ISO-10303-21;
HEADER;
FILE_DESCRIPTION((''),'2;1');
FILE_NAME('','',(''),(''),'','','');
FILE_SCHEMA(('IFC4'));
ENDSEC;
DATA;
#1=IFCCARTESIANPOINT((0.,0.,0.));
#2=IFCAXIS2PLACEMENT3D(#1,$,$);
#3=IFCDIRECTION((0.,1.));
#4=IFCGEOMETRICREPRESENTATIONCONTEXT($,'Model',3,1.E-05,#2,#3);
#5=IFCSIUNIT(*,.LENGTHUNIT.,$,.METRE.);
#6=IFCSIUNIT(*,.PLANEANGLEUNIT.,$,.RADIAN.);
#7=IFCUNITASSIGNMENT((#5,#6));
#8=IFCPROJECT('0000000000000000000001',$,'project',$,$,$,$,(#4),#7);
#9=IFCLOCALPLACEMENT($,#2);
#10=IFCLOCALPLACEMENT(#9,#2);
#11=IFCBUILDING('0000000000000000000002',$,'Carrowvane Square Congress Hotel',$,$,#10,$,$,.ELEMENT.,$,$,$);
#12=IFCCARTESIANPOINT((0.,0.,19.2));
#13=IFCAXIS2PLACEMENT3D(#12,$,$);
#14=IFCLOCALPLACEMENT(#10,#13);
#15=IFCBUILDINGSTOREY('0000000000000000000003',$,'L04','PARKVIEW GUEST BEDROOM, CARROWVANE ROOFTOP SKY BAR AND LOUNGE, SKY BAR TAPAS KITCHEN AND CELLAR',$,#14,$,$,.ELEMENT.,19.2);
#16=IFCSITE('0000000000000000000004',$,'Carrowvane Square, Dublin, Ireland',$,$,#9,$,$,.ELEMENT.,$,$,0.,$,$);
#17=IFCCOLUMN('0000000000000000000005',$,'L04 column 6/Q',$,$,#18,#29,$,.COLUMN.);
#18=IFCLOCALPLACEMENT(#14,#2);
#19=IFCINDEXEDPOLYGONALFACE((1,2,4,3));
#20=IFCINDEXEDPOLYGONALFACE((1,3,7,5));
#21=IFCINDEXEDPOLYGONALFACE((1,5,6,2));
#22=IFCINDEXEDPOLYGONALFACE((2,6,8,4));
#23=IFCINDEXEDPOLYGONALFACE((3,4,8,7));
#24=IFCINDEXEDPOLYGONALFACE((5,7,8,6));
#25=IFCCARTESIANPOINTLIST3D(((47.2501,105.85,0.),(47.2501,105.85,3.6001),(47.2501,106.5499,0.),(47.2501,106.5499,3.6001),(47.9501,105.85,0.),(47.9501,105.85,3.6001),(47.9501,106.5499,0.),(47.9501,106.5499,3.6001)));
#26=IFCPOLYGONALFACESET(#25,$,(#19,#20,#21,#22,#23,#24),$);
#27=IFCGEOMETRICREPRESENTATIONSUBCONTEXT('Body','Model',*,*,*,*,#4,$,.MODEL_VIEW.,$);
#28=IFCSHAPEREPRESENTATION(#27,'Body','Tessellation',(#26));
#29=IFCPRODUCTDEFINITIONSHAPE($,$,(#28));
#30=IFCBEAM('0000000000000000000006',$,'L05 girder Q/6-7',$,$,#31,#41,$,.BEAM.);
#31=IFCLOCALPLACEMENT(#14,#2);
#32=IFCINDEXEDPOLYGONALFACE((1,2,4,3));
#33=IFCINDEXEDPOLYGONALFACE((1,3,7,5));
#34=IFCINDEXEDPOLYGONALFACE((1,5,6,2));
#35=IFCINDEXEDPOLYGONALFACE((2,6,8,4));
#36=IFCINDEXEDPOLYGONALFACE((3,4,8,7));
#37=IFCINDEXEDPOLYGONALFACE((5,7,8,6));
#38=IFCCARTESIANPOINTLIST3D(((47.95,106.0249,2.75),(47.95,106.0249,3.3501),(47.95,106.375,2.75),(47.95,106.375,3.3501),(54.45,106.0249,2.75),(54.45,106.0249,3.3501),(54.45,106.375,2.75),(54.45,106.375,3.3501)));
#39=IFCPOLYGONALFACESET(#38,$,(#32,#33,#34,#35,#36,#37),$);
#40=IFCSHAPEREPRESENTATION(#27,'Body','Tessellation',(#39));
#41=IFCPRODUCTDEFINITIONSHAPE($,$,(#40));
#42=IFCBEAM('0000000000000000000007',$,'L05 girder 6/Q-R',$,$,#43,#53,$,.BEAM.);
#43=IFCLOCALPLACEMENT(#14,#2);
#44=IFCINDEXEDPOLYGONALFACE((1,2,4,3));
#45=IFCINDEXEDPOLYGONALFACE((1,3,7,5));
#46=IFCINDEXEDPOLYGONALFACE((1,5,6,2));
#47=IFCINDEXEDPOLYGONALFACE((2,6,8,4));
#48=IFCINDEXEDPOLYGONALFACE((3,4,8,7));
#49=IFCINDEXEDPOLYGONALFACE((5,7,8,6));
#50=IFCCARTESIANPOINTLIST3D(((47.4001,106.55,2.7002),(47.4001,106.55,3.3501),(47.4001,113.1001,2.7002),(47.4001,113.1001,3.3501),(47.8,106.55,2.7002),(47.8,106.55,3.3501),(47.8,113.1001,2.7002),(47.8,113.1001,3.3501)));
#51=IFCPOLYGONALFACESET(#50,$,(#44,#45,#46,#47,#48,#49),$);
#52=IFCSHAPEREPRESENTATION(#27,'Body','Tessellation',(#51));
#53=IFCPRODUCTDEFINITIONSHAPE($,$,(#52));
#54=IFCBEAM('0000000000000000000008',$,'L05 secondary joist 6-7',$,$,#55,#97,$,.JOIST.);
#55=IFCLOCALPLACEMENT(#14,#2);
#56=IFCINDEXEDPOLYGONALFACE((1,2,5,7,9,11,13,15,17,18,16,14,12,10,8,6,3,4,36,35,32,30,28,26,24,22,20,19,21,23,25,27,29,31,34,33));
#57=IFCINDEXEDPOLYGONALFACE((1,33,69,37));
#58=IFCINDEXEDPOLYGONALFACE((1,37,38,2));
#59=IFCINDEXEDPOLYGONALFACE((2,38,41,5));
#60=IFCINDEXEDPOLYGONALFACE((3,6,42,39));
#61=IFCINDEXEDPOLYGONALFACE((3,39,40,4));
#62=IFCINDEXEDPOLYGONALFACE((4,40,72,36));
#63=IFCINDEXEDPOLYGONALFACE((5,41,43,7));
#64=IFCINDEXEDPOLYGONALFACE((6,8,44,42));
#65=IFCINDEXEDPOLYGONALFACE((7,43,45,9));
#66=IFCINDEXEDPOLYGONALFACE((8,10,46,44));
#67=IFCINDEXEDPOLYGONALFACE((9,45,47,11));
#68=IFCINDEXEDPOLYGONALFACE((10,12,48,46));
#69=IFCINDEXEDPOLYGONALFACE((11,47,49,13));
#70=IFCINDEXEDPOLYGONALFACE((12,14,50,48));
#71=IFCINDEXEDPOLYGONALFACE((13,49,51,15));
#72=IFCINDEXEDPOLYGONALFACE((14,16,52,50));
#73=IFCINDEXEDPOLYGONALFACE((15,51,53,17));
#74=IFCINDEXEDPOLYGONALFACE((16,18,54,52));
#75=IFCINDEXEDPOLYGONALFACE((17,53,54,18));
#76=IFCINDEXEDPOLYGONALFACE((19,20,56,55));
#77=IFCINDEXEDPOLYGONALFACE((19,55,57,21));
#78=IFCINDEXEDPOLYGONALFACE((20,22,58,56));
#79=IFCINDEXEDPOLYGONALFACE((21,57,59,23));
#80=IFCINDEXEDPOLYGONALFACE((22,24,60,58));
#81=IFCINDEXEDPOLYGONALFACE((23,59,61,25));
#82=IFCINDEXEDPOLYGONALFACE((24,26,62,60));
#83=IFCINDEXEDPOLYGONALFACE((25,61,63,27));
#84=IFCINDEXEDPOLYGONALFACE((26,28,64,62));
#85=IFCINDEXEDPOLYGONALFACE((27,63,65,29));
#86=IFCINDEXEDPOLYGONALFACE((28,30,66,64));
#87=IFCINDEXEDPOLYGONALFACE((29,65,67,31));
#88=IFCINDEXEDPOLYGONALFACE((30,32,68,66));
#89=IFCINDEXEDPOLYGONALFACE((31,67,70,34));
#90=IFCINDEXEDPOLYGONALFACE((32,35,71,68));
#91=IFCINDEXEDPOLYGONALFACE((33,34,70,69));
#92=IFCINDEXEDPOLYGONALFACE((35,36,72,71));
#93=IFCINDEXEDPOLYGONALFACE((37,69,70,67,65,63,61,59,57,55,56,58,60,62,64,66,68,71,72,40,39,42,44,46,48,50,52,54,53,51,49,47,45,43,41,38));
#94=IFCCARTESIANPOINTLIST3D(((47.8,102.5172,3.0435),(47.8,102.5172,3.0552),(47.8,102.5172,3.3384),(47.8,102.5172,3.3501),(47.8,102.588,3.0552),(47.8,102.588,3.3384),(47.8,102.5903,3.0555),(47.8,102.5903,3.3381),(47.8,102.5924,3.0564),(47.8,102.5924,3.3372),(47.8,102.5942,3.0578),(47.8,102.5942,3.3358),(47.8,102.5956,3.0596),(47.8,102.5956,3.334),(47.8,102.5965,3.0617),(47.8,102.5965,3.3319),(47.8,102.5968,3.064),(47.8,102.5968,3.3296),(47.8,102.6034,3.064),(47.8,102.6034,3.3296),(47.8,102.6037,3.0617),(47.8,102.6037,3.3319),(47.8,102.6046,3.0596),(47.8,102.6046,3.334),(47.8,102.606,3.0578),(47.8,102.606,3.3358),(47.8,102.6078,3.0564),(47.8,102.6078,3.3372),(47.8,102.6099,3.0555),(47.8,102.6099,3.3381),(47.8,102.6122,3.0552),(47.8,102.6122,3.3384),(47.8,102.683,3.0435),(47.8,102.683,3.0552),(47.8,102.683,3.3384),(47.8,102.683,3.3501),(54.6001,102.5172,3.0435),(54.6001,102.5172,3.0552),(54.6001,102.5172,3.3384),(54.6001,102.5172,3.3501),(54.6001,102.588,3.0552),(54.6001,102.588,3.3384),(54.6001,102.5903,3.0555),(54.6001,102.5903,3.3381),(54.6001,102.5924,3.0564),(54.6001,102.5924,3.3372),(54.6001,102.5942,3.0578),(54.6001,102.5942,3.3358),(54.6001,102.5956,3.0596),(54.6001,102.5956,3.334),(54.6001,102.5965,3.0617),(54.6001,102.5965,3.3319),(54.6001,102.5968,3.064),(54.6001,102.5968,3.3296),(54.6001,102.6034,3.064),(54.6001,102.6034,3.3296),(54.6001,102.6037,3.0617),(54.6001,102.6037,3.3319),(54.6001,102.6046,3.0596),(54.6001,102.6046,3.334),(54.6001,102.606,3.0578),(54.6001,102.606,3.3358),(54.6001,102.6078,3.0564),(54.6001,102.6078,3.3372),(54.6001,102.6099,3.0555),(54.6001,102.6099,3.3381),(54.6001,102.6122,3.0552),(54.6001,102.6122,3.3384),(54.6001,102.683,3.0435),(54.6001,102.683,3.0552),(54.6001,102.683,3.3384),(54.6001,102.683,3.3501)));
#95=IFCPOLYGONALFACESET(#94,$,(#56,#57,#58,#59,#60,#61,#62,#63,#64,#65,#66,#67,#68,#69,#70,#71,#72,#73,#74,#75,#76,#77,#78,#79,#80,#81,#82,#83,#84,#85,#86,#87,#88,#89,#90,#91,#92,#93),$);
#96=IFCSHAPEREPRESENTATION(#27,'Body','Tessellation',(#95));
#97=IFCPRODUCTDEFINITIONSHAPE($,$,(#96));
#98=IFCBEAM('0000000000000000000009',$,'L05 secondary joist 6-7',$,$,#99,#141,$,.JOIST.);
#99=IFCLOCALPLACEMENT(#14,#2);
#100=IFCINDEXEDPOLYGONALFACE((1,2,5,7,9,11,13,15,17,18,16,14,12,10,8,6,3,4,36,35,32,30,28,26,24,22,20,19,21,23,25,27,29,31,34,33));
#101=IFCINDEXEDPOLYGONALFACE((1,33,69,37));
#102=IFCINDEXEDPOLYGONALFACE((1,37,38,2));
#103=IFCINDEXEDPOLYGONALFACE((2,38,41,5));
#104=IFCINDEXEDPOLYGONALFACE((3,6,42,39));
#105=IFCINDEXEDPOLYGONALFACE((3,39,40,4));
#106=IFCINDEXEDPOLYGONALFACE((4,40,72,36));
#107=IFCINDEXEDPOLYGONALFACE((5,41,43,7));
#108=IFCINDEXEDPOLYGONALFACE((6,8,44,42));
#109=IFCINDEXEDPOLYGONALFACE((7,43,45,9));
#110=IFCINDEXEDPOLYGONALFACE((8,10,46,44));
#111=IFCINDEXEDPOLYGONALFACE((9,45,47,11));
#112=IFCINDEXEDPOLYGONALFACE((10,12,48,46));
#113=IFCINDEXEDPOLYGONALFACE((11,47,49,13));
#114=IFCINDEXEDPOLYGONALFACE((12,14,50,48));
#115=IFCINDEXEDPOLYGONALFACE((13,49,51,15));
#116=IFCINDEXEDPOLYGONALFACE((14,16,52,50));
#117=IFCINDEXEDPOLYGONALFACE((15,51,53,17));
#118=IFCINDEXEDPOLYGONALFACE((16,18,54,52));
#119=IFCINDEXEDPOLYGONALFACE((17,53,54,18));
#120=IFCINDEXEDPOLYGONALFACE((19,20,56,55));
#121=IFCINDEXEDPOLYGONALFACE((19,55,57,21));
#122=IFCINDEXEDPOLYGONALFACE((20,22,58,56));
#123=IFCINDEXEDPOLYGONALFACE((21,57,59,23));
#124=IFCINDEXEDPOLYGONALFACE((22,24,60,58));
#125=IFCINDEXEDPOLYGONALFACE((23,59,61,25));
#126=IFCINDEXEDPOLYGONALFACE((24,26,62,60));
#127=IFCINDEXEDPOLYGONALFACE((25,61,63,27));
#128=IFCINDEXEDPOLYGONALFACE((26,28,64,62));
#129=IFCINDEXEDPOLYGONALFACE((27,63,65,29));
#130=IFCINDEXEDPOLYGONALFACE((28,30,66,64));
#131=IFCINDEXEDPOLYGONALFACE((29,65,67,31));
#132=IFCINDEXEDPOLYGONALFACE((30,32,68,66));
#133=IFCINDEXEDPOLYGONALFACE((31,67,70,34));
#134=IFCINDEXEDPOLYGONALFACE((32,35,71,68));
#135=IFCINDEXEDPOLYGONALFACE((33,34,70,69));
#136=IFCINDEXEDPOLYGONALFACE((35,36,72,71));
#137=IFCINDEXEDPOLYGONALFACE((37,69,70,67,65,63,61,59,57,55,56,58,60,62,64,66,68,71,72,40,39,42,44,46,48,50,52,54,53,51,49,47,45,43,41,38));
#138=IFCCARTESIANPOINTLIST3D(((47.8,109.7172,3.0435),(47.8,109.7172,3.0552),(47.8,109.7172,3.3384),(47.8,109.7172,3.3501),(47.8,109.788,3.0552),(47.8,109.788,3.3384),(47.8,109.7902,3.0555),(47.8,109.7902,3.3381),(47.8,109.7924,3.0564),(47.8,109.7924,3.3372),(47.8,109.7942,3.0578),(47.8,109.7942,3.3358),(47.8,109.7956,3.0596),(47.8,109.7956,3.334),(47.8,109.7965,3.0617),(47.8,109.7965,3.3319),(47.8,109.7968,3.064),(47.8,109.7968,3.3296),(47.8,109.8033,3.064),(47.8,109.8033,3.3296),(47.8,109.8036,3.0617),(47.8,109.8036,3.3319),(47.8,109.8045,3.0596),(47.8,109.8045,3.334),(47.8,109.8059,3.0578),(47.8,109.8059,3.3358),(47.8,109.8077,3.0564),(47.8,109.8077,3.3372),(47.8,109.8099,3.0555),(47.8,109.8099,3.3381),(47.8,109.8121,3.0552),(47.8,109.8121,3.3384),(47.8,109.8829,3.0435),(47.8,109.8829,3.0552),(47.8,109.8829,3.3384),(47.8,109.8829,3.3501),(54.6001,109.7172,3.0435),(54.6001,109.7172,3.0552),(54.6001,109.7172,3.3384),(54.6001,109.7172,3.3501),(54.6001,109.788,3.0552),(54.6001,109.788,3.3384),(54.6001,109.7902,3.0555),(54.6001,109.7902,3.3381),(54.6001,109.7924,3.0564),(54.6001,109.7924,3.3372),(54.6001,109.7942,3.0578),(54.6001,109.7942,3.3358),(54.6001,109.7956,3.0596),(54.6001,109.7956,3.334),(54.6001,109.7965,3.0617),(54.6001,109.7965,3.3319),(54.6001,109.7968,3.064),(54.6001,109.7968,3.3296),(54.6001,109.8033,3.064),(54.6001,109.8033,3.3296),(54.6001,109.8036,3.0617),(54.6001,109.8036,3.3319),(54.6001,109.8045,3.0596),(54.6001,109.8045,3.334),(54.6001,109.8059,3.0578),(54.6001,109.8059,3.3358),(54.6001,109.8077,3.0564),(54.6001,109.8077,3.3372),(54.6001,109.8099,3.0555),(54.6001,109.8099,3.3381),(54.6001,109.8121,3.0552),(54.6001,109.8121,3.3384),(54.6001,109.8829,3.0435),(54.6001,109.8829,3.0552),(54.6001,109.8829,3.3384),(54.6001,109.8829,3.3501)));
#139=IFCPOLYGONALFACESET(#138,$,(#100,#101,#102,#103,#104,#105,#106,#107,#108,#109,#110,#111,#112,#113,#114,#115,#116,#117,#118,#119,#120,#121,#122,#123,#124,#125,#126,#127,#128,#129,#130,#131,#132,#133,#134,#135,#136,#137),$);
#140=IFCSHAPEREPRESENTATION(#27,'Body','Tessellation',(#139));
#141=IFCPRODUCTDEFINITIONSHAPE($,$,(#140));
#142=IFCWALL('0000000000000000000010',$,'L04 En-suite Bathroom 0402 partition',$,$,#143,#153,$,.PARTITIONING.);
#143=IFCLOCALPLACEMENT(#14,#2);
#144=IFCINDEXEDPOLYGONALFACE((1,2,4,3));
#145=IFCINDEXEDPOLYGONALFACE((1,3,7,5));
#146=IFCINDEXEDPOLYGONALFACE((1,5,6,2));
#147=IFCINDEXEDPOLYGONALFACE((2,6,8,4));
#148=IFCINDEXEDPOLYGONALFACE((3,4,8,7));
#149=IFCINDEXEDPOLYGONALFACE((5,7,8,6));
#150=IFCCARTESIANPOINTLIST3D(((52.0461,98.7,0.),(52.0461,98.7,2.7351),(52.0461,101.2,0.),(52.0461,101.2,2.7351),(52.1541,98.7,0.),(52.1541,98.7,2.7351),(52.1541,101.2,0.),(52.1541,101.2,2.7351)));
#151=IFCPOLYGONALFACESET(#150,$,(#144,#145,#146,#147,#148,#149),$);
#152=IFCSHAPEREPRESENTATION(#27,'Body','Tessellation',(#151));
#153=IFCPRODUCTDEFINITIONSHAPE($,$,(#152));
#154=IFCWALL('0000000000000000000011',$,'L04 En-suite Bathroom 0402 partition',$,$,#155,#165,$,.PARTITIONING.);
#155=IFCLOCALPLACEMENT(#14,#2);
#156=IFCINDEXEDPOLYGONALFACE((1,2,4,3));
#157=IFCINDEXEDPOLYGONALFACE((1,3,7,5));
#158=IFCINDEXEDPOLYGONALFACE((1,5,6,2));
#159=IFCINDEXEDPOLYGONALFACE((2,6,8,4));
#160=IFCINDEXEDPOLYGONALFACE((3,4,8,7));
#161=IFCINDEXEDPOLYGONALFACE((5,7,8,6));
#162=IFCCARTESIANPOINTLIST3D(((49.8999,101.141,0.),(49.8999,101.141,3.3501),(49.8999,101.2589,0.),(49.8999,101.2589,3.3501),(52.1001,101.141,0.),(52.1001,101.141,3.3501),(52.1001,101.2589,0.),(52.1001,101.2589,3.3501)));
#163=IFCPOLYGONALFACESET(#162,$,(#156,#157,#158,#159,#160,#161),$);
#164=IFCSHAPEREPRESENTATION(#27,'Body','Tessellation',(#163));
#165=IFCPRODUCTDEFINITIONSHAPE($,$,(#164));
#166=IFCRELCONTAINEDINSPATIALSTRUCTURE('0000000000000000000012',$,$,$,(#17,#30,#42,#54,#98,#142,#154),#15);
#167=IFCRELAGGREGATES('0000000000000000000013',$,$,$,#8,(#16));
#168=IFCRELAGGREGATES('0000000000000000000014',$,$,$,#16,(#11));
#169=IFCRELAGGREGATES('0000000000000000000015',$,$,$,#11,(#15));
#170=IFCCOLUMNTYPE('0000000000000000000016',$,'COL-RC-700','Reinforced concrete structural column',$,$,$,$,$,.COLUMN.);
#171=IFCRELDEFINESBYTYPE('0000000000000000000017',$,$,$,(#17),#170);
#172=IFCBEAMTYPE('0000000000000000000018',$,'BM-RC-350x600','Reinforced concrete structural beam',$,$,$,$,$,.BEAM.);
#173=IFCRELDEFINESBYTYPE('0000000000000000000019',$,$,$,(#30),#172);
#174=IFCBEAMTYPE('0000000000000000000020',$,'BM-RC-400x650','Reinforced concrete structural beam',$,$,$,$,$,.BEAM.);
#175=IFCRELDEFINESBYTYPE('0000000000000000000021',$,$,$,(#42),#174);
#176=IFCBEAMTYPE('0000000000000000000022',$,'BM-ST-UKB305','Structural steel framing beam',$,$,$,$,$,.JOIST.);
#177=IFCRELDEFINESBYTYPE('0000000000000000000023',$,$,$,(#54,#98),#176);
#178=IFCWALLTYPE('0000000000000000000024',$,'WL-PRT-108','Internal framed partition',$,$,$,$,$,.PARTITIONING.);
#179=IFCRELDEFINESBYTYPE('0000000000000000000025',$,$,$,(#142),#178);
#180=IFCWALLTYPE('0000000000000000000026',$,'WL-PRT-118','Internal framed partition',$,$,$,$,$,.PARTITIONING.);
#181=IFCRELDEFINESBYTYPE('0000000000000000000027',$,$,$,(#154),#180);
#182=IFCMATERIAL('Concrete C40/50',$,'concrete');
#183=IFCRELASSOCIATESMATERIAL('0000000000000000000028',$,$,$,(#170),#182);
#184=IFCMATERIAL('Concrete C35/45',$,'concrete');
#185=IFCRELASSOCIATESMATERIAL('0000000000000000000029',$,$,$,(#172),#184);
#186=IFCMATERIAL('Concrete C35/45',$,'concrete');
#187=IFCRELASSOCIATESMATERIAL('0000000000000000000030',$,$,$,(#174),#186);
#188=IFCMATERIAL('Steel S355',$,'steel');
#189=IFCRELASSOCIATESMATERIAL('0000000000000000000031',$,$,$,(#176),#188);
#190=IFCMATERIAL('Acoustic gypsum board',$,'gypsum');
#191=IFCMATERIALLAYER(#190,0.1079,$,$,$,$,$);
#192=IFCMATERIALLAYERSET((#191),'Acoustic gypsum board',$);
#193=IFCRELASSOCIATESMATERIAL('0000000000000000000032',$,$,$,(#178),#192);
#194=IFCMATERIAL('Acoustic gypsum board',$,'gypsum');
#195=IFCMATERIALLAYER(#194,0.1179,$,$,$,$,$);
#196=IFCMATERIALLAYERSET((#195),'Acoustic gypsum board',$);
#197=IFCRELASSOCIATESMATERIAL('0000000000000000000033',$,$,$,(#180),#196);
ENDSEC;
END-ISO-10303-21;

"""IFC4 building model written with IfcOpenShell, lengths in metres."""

from ifc_helpers import new_model, si_unit, direction, frame, frame_2d, origin, origin_2d, place, context, subcontext, project, spatial, rectangle, i_section, extrude, material, layer, layer_set, material_profile, profile_set, type_object, element, save


model = new_model("IFC4")

# Units and contexts
model_context = context("Model", 3, precision=1e-05, world=origin(), true_north=direction((0.0, 1.0)))
body_context = subcontext(model_context, "Body", "Model", "MODEL_VIEW")
ifc_project = project(units=[si_unit("LENGTHUNIT", "METRE"), si_unit("PLANEANGLEUNIT", "RADIAN")], contexts=[model_context])

# Site, building, storey
site_placement = place(None, origin())
site = spatial("IfcSite", under=ifc_project, at=site_placement, Name="Carrowvane Square, Dublin, Ireland", CompositionType="ELEMENT", RefElevation=0.0)
building_placement = place(site_placement, origin())
building = spatial("IfcBuilding", under=site, at=building_placement, Name="Carrowvane Square Congress Hotel", CompositionType="ELEMENT")
storey_placement = place(building_placement, frame((0.0, 0.0, 19.2)))
storey = spatial("IfcBuildingStorey", under=building, at=storey_placement, Name="L04", Description="PARKVIEW GUEST BEDROOM, CARROWVANE ROOFTOP SKY BAR AND LOUNGE, SKY BAR TAPAS KITCHEN AND CELLAR", CompositionType="ELEMENT", Elevation=19.2)

# Column
ifc_material_1 = material(Name="Concrete C40/50", Category="concrete")
ifc_material_profile_1 = material_profile(ifc_material_1, rectangle(XDim=0.7, YDim=0.7, at=origin_2d()), Name="RC 700x700")
ifc_profile_set_1 = profile_set([ifc_material_profile_1], Name="Concrete C40/50")
column_type = type_object("IfcColumnType", Name="COL-RC-700", Description="Reinforced concrete structural column", PredefinedType="COLUMN", material=ifc_profile_set_1)
column_placement = place(storey_placement, frame((47.6001, 106.2, 0.0), z_axis=(0.0, 0.0, 1.0), x_axis=(1.0, 0.0, 0.0)))
element("IfcColumn", 1, at=column_placement, inside=storey, type_object=column_type, Name="L04 column 6/Q", PredefinedType="COLUMN", context=body_context, shape_type="SweptSolid", body=[
    extrude(rectangle(XDim=0.7, YDim=0.7, at=origin_2d()), origin(), (0.0, 0.0, 1.0), 3.6001),
])

# Beams
ifc_material_2 = material(Name="Concrete C35/45", Category="concrete")
ifc_material_profile_2 = material_profile(ifc_material_2, rectangle(XDim=0.3501, YDim=0.6001, at=origin_2d()), Name="RC 350x600")
ifc_profile_set_2 = profile_set([ifc_material_profile_2], Name="Concrete C35/45")
beam_type_1 = type_object("IfcBeamType", Name="BM-RC-350x600", Description="Reinforced concrete structural beam", PredefinedType="BEAM", material=ifc_profile_set_2)
beam_1_placement = place(storey_placement, frame((47.95, 106.2, 3.05), z_axis=(1.0, 0.0, 0.0), x_axis=(0.0, 1.0, 0.0)))
element("IfcBeam", 2, at=beam_1_placement, inside=storey, type_object=beam_type_1, Name="L05 girder Q/6-7", PredefinedType="BEAM", context=body_context, shape_type="SweptSolid", body=[
    extrude(rectangle(XDim=0.3501, YDim=0.6001, at=origin_2d()), origin(), (0.0, 0.0, 1.0), 6.5),
])
ifc_material_3 = material(Name="Concrete C35/45", Category="concrete")
ifc_material_profile_3 = material_profile(ifc_material_3, rectangle(XDim=0.3999, YDim=0.6499, at=origin_2d()), Name="RC 400x650")
ifc_profile_set_3 = profile_set([ifc_material_profile_3], Name="Concrete C35/45")
beam_type_2 = type_object("IfcBeamType", Name="BM-RC-400x650", Description="Reinforced concrete structural beam", PredefinedType="BEAM", material=ifc_profile_set_3)
beam_2_placement = place(storey_placement, frame((47.6001, 106.55, 3.0251), z_axis=(0.0, 1.0, 0.0), x_axis=(-1.0, 0.0, 0.0)))
element("IfcBeam", 3, at=beam_2_placement, inside=storey, type_object=beam_type_2, Name="L05 girder 6/Q-R", PredefinedType="BEAM", context=body_context, shape_type="SweptSolid", body=[
    extrude(rectangle(XDim=0.3999, YDim=0.6499, at=origin_2d()), origin(), (0.0, 0.0, 1.0), 6.55),
])
ifc_material_4 = material(Name="Steel S355", Category="steel")
ifc_material_profile_4 = material_profile(ifc_material_4, i_section(OverallWidth=0.1658, OverallDepth=0.3066, WebThickness=0.0066, FlangeThickness=0.0117, FilletRadius=0.0088, at=origin_2d()), Name="UKB 305x165x46")
ifc_profile_set_4 = profile_set([ifc_material_profile_4], Name="Steel S355")
beam_type_3 = type_object("IfcBeamType", Name="BM-ST-UKB305", Description="Structural steel framing beam", PredefinedType="JOIST", material=ifc_profile_set_4)
for number, where, z_axis, x_axis, name in (
    (4, (47.8, 102.6001, 3.1968), (1.0, 0.0, 0.0), (0.0, 1.0, 0.0), "L05 secondary joist 6-7"),
    (5, (47.8, 109.8, 3.1968), (1.0, 0.0, 0.0), (0.0, 1.0, 0.0), "L05 secondary joist 6-7"),
):
    element("IfcBeam", number, at=place(storey_placement, frame(where, z_axis=z_axis, x_axis=x_axis)), inside=storey, type_object=beam_type_3, Name=name, PredefinedType="JOIST", context=body_context, shape_type="SweptSolid", body=[
        extrude(i_section(OverallWidth=0.1658, OverallDepth=0.3066, WebThickness=0.0066, FlangeThickness=0.0117, FilletRadius=0.0088, at=origin_2d()), origin(), (0.0, 0.0, 1.0), 6.8),
    ])

# Walls
ifc_material_5 = material(Name="Acoustic gypsum board", Category="gypsum")
ifc_layer_1 = layer(ifc_material_5, 0.1079)
ifc_layer_set_1 = layer_set([ifc_layer_1], Name="Acoustic gypsum board")
wall_type_1 = type_object("IfcWallType", Name="WL-PRT-108", Description="Internal framed partition", PredefinedType="PARTITIONING", material=ifc_layer_set_1)
wall_1_placement = place(storey_placement, frame((52.1001, 101.2, 0.0), z_axis=(0.0, 0.0, 1.0), x_axis=(0.0, -1.0, 0.0)))
element("IfcWall", 6, at=wall_1_placement, inside=storey, type_object=wall_type_1, Name="L04 En-suite Bathroom 0402 partition", PredefinedType="PARTITIONING", context=body_context, shape_type="SweptSolid", body=[
    extrude(rectangle(XDim=2.5, YDim=0.1079, at=frame_2d((1.25, 0.0))), origin(), (0.0, 0.0, 1.0), 2.7351),
])
ifc_material_6 = material(Name="Acoustic gypsum board", Category="gypsum")
ifc_layer_2 = layer(ifc_material_6, 0.1179)
ifc_layer_set_2 = layer_set([ifc_layer_2], Name="Acoustic gypsum board")
wall_type_2 = type_object("IfcWallType", Name="WL-PRT-118", Description="Internal framed partition", PredefinedType="PARTITIONING", material=ifc_layer_set_2)
wall_2_placement = place(storey_placement, frame((49.8999, 101.2, 0.0), z_axis=(0.0, 0.0, 1.0), x_axis=(1.0, 0.0, 0.0)))
element("IfcWall", 7, at=wall_2_placement, inside=storey, type_object=wall_type_2, Name="L04 En-suite Bathroom 0402 partition", PredefinedType="PARTITIONING", context=body_context, shape_type="SweptSolid", body=[
    extrude(rectangle(XDim=2.2002, YDim=0.1179, at=frame_2d((1.1001, 0.0))), origin(), (0.0, 0.0, 1.0), 3.3501),
])

save(model, "model.ifc")
